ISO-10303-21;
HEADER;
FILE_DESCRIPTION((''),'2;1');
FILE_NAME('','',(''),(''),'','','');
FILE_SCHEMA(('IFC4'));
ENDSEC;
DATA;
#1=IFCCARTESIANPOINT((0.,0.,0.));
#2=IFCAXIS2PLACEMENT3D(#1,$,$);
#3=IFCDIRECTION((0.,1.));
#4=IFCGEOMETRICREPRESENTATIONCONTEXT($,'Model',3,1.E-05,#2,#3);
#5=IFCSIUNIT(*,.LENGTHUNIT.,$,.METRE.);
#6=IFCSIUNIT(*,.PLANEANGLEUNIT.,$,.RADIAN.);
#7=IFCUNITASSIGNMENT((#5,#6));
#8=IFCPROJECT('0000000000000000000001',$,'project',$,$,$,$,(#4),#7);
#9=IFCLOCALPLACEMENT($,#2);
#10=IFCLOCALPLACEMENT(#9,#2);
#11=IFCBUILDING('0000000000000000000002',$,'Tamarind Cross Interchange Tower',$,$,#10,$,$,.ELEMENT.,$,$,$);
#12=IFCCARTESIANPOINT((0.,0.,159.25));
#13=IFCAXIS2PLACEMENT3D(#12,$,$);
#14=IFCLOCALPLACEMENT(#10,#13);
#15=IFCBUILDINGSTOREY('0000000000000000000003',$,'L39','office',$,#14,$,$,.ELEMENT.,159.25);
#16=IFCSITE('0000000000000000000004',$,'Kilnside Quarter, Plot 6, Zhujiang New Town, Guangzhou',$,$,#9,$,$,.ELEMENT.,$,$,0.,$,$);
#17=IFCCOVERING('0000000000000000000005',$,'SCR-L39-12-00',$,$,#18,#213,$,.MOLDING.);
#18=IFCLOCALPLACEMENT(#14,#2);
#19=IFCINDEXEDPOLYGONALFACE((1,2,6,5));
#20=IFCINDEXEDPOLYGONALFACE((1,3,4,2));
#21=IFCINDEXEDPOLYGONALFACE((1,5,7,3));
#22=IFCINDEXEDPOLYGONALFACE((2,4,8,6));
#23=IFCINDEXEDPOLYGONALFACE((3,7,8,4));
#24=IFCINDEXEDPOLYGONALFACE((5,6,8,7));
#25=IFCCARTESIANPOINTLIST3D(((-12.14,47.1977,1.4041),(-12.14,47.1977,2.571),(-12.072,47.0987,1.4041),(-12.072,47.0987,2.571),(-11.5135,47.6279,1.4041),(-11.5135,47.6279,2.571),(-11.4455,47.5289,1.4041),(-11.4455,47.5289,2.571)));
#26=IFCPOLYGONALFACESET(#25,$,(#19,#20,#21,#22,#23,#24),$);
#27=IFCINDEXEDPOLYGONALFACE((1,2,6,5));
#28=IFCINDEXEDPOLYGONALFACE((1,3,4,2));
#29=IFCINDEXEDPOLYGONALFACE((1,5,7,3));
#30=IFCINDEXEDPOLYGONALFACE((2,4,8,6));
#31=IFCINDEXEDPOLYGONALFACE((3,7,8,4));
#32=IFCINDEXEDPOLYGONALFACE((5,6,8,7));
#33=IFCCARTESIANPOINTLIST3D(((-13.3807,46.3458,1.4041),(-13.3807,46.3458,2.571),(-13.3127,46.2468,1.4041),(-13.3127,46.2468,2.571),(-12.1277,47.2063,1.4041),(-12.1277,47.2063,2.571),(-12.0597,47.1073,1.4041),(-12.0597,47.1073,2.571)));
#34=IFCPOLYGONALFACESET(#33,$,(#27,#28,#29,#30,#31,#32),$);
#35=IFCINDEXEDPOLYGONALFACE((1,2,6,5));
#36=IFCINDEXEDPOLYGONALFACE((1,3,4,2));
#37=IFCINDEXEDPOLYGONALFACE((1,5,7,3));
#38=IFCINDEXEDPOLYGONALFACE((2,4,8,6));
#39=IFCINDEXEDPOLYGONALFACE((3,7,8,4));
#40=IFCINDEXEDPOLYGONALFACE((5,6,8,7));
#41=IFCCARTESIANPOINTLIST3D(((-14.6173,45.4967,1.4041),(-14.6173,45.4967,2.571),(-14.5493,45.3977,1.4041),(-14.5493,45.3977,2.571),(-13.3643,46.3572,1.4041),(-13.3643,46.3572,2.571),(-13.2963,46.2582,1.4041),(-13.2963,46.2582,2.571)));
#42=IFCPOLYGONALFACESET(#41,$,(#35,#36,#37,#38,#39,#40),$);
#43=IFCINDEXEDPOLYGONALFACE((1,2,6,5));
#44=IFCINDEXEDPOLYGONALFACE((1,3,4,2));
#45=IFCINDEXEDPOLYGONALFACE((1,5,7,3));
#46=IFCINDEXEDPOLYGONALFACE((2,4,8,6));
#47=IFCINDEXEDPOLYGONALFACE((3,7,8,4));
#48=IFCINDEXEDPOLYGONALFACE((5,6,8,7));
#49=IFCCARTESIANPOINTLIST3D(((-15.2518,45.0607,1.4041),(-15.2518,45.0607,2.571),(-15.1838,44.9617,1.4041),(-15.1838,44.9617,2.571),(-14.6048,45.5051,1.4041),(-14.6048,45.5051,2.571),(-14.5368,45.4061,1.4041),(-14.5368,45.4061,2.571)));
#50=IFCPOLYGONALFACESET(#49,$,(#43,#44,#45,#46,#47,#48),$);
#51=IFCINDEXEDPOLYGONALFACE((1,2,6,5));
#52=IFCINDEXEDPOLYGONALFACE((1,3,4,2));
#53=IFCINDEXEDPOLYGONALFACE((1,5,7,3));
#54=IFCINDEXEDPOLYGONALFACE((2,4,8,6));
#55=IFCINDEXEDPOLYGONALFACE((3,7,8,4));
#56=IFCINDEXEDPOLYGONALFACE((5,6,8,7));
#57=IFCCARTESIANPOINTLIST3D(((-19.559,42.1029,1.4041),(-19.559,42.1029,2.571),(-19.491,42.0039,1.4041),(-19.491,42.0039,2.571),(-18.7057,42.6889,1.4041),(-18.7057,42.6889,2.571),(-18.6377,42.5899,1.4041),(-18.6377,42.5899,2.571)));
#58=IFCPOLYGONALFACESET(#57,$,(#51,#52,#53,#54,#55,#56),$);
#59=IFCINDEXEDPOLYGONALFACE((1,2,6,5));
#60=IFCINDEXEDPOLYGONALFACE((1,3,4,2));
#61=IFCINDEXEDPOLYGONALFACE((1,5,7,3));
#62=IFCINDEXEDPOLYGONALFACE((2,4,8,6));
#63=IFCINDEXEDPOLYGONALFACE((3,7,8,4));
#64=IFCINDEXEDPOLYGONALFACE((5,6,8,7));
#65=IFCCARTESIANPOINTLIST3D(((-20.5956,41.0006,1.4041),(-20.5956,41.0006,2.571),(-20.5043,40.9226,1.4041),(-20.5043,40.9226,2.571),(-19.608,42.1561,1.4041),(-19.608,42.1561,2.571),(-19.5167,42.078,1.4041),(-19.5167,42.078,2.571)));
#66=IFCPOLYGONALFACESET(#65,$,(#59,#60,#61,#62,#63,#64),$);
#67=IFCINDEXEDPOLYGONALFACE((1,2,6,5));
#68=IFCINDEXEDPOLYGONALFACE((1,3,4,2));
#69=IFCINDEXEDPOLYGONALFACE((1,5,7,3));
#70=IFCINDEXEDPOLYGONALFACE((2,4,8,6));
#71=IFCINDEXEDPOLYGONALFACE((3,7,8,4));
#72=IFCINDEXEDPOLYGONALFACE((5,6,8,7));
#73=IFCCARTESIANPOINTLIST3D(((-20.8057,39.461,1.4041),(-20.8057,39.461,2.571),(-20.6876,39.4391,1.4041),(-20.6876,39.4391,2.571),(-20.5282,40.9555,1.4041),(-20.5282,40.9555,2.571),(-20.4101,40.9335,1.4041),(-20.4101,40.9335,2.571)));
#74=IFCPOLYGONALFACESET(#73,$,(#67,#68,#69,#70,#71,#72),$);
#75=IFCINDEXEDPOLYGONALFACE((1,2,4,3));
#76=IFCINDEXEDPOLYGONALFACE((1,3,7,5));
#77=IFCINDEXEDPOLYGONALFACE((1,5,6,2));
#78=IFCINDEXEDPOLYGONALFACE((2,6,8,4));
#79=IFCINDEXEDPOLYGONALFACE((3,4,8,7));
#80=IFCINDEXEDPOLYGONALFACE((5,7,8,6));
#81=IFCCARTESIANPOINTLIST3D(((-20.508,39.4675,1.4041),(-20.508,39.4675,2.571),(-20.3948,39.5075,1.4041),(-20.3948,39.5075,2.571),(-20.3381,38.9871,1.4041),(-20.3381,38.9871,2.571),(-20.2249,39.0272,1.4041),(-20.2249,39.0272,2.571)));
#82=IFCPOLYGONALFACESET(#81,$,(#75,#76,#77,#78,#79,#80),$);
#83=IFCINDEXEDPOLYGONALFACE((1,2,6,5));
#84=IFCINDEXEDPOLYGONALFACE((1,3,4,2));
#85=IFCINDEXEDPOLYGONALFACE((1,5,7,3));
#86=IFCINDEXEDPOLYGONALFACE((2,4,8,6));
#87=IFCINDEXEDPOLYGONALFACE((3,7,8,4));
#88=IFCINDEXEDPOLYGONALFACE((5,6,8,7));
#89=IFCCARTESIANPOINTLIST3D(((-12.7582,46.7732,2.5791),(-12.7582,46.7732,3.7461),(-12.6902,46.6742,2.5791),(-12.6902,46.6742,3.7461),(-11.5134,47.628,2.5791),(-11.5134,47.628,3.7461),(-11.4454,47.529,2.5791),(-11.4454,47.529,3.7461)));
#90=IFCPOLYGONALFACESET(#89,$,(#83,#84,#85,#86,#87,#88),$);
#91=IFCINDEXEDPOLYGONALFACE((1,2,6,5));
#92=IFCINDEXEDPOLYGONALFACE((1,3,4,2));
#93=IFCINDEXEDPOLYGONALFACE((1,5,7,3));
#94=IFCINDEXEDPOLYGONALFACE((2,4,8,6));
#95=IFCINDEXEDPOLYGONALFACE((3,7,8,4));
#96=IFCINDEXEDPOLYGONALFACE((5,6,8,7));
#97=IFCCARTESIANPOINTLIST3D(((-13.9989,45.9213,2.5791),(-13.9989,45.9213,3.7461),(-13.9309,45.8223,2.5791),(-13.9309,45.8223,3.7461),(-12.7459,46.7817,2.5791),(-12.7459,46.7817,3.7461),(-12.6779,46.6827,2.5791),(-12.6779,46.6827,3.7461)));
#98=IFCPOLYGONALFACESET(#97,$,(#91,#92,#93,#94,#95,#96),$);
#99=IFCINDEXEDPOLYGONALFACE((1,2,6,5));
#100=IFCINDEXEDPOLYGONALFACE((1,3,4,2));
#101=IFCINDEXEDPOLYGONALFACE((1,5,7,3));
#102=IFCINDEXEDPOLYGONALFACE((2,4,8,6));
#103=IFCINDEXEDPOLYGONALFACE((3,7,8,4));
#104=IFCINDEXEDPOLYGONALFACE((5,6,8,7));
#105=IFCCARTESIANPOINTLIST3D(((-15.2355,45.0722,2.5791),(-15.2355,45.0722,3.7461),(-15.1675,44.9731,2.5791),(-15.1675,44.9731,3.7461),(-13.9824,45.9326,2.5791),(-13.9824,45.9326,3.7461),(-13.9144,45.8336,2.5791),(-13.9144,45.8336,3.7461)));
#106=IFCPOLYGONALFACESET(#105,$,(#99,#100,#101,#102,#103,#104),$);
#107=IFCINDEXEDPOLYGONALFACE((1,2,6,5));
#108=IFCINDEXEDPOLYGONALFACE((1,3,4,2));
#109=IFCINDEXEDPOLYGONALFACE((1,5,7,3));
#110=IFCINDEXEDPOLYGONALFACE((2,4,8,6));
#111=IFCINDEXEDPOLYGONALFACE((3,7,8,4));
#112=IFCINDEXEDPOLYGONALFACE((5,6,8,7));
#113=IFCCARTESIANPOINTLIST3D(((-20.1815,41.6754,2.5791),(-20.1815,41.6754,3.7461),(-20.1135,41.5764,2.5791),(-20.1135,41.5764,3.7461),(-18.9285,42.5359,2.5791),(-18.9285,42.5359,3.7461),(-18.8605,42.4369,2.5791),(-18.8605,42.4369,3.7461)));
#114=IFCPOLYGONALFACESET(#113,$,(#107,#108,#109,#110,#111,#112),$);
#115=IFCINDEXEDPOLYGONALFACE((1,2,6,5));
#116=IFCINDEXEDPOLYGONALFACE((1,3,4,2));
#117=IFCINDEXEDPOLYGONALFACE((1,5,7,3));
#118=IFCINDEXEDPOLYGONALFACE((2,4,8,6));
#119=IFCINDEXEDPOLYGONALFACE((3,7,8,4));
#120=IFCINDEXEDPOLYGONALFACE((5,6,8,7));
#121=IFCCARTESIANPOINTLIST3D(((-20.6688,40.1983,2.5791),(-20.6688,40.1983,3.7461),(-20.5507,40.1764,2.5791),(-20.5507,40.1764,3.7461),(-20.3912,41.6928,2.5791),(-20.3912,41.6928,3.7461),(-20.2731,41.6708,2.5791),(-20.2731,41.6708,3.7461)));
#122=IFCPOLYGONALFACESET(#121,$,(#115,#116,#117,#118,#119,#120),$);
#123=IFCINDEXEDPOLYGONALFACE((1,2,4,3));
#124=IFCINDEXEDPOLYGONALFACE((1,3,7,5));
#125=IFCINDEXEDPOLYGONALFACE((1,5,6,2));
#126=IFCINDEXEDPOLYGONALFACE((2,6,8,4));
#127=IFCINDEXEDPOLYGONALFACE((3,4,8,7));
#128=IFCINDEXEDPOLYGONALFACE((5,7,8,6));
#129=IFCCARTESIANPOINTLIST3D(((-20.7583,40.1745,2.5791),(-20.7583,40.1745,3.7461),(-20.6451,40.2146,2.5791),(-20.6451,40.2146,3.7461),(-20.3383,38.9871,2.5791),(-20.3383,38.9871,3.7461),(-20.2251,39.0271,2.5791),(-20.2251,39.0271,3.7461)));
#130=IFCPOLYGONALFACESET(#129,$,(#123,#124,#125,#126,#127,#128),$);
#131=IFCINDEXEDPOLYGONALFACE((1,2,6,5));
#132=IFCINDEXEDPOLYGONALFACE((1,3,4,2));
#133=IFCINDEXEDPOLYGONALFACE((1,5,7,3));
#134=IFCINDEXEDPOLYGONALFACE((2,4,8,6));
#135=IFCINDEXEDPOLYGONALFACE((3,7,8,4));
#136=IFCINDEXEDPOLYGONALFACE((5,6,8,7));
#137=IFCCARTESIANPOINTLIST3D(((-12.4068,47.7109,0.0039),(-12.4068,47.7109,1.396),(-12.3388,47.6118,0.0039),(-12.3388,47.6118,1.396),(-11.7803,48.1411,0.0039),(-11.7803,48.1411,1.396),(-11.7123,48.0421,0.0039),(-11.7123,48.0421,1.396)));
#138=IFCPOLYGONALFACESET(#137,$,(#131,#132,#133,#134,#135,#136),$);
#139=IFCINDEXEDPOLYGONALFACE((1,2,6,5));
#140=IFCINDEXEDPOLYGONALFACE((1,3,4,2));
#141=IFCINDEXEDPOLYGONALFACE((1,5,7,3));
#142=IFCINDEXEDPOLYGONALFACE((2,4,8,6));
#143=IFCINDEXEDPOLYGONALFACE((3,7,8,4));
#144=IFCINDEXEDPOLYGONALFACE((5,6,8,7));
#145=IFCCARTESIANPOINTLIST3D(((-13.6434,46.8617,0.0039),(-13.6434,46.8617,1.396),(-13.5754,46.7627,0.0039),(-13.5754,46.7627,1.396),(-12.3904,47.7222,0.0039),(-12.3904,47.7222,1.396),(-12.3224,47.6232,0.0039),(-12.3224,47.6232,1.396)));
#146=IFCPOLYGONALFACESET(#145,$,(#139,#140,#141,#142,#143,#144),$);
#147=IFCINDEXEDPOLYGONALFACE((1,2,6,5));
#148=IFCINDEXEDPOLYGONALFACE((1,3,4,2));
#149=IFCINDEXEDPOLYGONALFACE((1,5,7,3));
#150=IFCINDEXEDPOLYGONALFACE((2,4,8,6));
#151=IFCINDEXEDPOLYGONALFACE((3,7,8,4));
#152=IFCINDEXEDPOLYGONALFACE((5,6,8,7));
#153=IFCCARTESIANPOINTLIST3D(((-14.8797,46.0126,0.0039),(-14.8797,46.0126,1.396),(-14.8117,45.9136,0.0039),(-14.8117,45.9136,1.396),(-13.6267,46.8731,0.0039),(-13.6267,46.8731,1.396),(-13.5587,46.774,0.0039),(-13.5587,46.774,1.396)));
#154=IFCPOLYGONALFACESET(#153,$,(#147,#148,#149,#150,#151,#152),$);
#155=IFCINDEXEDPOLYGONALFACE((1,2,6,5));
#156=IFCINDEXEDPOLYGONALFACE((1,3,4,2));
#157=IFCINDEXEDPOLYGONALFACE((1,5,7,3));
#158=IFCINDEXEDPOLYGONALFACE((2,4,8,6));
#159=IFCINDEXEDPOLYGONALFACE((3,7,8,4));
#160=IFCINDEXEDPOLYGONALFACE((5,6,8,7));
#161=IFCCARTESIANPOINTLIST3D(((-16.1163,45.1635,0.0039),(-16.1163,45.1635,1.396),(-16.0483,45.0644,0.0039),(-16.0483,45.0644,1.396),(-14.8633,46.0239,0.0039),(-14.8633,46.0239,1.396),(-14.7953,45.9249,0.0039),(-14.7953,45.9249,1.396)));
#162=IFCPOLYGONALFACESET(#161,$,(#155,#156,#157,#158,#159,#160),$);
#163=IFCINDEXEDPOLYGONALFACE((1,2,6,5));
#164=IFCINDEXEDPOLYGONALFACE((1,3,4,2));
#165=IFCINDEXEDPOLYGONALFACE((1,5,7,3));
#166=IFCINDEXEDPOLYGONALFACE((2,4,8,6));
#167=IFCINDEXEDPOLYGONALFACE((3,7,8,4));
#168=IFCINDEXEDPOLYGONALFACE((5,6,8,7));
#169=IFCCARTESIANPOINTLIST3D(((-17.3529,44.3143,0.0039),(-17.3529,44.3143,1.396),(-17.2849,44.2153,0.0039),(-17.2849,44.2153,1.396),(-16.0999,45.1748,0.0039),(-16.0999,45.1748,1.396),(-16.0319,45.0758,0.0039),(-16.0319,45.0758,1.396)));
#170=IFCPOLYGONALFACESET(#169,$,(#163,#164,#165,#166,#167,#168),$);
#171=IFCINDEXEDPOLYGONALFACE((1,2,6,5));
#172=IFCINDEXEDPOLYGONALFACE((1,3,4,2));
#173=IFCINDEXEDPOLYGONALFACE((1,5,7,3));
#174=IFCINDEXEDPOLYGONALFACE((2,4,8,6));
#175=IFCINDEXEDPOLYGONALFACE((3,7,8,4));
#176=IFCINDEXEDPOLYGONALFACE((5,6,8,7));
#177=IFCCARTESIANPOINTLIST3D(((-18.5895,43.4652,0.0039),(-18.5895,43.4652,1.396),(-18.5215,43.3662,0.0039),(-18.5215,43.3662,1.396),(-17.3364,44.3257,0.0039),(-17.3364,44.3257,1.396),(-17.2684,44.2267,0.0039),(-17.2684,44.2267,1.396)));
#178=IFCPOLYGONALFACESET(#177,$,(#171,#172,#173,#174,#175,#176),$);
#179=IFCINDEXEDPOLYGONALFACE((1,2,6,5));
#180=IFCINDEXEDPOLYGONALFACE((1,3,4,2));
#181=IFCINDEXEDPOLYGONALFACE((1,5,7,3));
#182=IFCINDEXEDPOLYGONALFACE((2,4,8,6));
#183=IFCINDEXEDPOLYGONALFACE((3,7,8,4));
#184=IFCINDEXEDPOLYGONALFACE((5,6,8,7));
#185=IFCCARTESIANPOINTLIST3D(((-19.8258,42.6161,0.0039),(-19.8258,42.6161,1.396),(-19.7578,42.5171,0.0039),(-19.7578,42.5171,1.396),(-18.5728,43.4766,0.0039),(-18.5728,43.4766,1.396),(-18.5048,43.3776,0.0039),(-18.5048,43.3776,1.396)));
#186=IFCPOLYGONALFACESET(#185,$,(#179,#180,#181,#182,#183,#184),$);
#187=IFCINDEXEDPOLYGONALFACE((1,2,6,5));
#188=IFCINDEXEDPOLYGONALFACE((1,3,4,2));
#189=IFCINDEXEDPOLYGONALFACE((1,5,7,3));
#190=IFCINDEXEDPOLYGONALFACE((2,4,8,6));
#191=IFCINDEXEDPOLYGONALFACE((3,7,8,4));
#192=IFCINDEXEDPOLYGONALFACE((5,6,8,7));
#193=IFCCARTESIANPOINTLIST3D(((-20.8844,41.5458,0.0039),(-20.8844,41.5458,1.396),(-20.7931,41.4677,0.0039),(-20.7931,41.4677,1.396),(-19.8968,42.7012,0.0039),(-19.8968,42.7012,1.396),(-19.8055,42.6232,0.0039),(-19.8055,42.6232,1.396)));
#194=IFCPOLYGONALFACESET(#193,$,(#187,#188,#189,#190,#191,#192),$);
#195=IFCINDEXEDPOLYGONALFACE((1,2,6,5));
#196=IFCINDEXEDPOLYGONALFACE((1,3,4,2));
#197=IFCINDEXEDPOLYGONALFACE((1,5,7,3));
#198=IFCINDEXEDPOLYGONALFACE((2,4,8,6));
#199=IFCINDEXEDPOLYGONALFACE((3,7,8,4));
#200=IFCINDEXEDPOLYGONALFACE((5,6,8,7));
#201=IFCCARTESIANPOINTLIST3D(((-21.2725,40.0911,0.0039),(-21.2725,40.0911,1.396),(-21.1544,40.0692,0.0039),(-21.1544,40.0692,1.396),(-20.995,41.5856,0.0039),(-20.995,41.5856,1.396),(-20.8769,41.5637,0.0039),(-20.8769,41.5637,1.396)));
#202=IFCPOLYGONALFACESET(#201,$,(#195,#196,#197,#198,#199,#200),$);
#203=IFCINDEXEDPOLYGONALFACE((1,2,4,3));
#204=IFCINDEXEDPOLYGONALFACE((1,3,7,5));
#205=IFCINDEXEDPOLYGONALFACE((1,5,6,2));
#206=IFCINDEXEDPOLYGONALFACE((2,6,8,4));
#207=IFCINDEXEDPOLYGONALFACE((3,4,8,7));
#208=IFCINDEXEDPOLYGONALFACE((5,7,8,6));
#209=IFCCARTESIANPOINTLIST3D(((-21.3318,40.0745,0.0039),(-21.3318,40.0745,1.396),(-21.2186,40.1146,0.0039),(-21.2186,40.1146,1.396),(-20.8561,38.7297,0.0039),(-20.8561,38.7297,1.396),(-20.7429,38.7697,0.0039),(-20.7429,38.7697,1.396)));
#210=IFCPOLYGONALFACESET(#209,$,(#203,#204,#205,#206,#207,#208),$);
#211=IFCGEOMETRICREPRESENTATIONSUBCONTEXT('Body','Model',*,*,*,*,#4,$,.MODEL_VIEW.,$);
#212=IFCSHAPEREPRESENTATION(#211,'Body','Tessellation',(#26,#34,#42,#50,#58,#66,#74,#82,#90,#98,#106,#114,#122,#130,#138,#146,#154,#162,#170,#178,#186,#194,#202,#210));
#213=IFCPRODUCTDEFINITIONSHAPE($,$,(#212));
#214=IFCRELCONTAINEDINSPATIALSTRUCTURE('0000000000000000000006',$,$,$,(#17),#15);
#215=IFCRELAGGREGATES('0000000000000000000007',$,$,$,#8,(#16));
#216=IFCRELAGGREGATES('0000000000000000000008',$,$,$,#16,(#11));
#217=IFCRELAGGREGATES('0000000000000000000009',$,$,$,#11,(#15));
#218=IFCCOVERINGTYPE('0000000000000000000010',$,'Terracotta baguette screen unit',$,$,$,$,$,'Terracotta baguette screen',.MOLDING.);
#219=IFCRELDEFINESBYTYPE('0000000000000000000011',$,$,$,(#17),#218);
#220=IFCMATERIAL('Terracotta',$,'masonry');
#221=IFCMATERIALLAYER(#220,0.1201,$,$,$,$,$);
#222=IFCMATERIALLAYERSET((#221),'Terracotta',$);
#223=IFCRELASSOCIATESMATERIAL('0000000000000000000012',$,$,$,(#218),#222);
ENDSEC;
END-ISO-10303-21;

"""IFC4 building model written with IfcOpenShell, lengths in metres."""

from ifc_helpers import new_model, si_unit, direction, frame, origin, origin_2d, place, context, subcontext, project, spatial, rectangle, extrude, material, layer, layer_set, type_object, element, save


model = new_model("IFC4")

# Units and contexts
model_context = context("Model", 3, precision=1e-05, world=origin(), true_north=direction((0.0, 1.0)))
body_context = subcontext(model_context, "Body", "Model", "MODEL_VIEW")
ifc_project = project(units=[si_unit("LENGTHUNIT", "METRE"), si_unit("PLANEANGLEUNIT", "RADIAN")], contexts=[model_context])

# Site, building, storey
site_placement = place(None, origin())
site = spatial("IfcSite", under=ifc_project, at=site_placement, Name="Kilnside Quarter, Plot 6, Zhujiang New Town, Guangzhou", CompositionType="ELEMENT", RefElevation=0.0)
building_placement = place(site_placement, origin())
building = spatial("IfcBuilding", under=site, at=building_placement, Name="Tamarind Cross Interchange Tower", CompositionType="ELEMENT")
storey_placement = place(building_placement, frame((0.0, 0.0, 159.25)))
storey = spatial("IfcBuildingStorey", under=building, at=storey_placement, Name="L39", Description="office", CompositionType="ELEMENT", Elevation=159.25)

# Covering
ifc_material_1 = material(Name="Terracotta", Category="masonry")
ifc_layer_1 = layer(ifc_material_1, 0.1201)
ifc_layer_set_1 = layer_set([ifc_layer_1], Name="Terracotta")
covering_type = type_object("IfcCoveringType", Name="Terracotta baguette screen unit", ElementType="Terracotta baguette screen", PredefinedType="MOLDING", material=ifc_layer_set_1)
covering_1_placement = place(storey_placement, origin())
element("IfcCovering", 1, at=covering_1_placement, inside=storey, type_object=covering_type, Name="SCR-L39-12-00", PredefinedType="MOLDING", context=body_context, shape_type="SweptSolid", body=[
    extrude(rectangle(XDim=0.76, YDim=0.1201, at=origin_2d()), frame((-11.7927, 47.3633, 1.4041), z_axis=(0.0, 0.0, 1.0), x_axis=(-0.82434, -0.566096, 0.0)), (0.0, 0.0, 1.0), 1.167),
    extrude(rectangle(XDim=1.52, YDim=0.1201, at=origin_2d()), frame((-12.7202, 46.7266, 1.4041), z_axis=(0.0, 0.0, 1.0), x_axis=(-0.82434, -0.566096, 0.0)), (0.0, 0.0, 1.0), 1.167),
    extrude(rectangle(XDim=1.52, YDim=0.1201, at=origin_2d()), frame((-13.9568, 45.8774, 1.4041), z_axis=(0.0, 0.0, 1.0), x_axis=(-0.82434, -0.566096, 0.0)), (0.0, 0.0, 1.0), 1.167),
    extrude(rectangle(XDim=0.7849, YDim=0.1201, at=origin_2d()), frame((-14.8943, 45.2334, 1.4041), z_axis=(0.0, 0.0, 1.0), x_axis=(-0.82434, -0.566096, 0.0)), (0.0, 0.0, 1.0), 1.167),
    extrude(rectangle(XDim=1.0352, YDim=0.1201, at=origin_2d()), frame((-19.0984, 42.3464, 1.4041), z_axis=(0.0, 0.0, 1.0), x_axis=(-0.82434, -0.566096, 0.0)), (0.0, 0.0, 1.0), 1.167),
    extrude(rectangle(XDim=1.52, YDim=0.1201, at=origin_2d()), frame((-20.0562, 41.5393, 1.4041), z_axis=(0.0, 0.0, 1.0), x_axis=(-0.649735, -0.760161, 0.0)), (0.0, 0.0, 1.0), 1.167),
    extrude(rectangle(XDim=1.52, YDim=0.1201, at=origin_2d()), frame((-20.6079, 40.1973, 1.4041), z_axis=(0.0, 0.0, 1.0), x_axis=(-0.182606, -0.983186, 0.0)), (0.0, 0.0, 1.0), 1.167),
    extrude(rectangle(XDim=0.5095, YDim=0.1201, at=origin_2d()), frame((-20.3665, 39.2473, 1.4041), z_axis=(0.0, 0.0, 1.0), x_axis=(0.333451, -0.942767, 0.0)), (0.0, 0.0, 1.0), 1.167),
    extrude(rectangle(XDim=1.51, YDim=0.1201, at=origin_2d()), frame((-12.1018, 47.1511, 2.5791), z_axis=(0.0, 0.0, 1.0), x_axis=(-0.82434, -0.566096, 0.0)), (0.0, 0.0, 1.0), 1.167),
    extrude(rectangle(XDim=1.52, YDim=0.1201, at=origin_2d()), frame((-13.3384, 46.302, 2.5791), z_axis=(0.0, 0.0, 1.0), x_axis=(-0.82434, -0.566096, 0.0)), (0.0, 0.0, 1.0), 1.167),
    extrude(rectangle(XDim=1.52, YDim=0.1201, at=origin_2d()), frame((-14.575, 45.4529, 2.5791), z_axis=(0.0, 0.0, 1.0), x_axis=(-0.82434, -0.566096, 0.0)), (0.0, 0.0, 1.0), 1.167),
    extrude(rectangle(XDim=1.52, YDim=0.1201, at=origin_2d()), frame((-19.521, 42.0562, 2.5791), z_axis=(0.0, 0.0, 1.0), x_axis=(-0.82434, -0.566096, 0.0)), (0.0, 0.0, 1.0), 1.167),
    extrude(rectangle(XDim=1.52, YDim=0.1201, at=origin_2d()), frame((-20.4709, 40.9346, 2.5791), z_axis=(0.0, 0.0, 1.0), x_axis=(-0.182606, -0.983186, 0.0)), (0.0, 0.0, 1.0), 1.167),
    extrude(rectangle(XDim=1.2595, YDim=0.1201, at=origin_2d()), frame((-20.4917, 39.6008, 2.5791), z_axis=(0.0, 0.0, 1.0), x_axis=(0.333451, -0.942767, 0.0)), (0.0, 0.0, 1.0), 1.167),
    extrude(rectangle(XDim=0.76, YDim=0.1201, at=origin_2d()), frame((-12.0596, 47.8765, 0.0039), z_axis=(0.0, 0.0, 1.0), x_axis=(-0.82434, -0.566096, 0.0)), (0.0, 0.0, 1.0), 1.3921),
    extrude(rectangle(XDim=1.52, YDim=0.1201, at=origin_2d()), frame((-12.9829, 47.2424, 0.0039), z_axis=(0.0, 0.0, 1.0), x_axis=(-0.82434, -0.566096, 0.0)), (0.0, 0.0, 1.0), 1.3921),
    extrude(rectangle(XDim=1.52, YDim=0.1201, at=origin_2d()), frame((-14.2192, 46.3933, 0.0039), z_axis=(0.0, 0.0, 1.0), x_axis=(-0.82434, -0.566096, 0.0)), (0.0, 0.0, 1.0), 1.3921),
    extrude(rectangle(XDim=1.52, YDim=0.1201, at=origin_2d()), frame((-15.4558, 45.5442, 0.0039), z_axis=(0.0, 0.0, 1.0), x_axis=(-0.82434, -0.566096, 0.0)), (0.0, 0.0, 1.0), 1.3921),
    extrude(rectangle(XDim=1.52, YDim=0.1201, at=origin_2d()), frame((-16.6924, 44.6951, 0.0039), z_axis=(0.0, 0.0, 1.0), x_axis=(-0.82434, -0.566096, 0.0)), (0.0, 0.0, 1.0), 1.3921),
    extrude(rectangle(XDim=1.52, YDim=0.1201, at=origin_2d()), frame((-17.929, 43.8459, 0.0039), z_axis=(0.0, 0.0, 1.0), x_axis=(-0.82434, -0.566096, 0.0)), (0.0, 0.0, 1.0), 1.3921),
    extrude(rectangle(XDim=1.52, YDim=0.1201, at=origin_2d()), frame((-19.1653, 42.9968, 0.0039), z_axis=(0.0, 0.0, 1.0), x_axis=(-0.82434, -0.566096, 0.0)), (0.0, 0.0, 1.0), 1.3921),
    extrude(rectangle(XDim=1.52, YDim=0.1201, at=origin_2d()), frame((-20.345, 42.0845, 0.0039), z_axis=(0.0, 0.0, 1.0), x_axis=(-0.649735, -0.760161, 0.0)), (0.0, 0.0, 1.0), 1.3921),
    extrude(rectangle(XDim=1.52, YDim=0.1201, at=origin_2d()), frame((-21.0747, 40.8274, 0.0039), z_axis=(0.0, 0.0, 1.0), x_axis=(-0.182606, -0.983186, 0.0)), (0.0, 0.0, 1.0), 1.3921),
    extrude(rectangle(XDim=1.4265, YDim=0.1201, at=origin_2d()), frame((-21.0374, 39.4221, 0.0039), z_axis=(0.0, 0.0, 1.0), x_axis=(0.333451, -0.942767, 0.0)), (0.0, 0.0, 1.0), 1.3921),
])

save(model, "model.ifc")
